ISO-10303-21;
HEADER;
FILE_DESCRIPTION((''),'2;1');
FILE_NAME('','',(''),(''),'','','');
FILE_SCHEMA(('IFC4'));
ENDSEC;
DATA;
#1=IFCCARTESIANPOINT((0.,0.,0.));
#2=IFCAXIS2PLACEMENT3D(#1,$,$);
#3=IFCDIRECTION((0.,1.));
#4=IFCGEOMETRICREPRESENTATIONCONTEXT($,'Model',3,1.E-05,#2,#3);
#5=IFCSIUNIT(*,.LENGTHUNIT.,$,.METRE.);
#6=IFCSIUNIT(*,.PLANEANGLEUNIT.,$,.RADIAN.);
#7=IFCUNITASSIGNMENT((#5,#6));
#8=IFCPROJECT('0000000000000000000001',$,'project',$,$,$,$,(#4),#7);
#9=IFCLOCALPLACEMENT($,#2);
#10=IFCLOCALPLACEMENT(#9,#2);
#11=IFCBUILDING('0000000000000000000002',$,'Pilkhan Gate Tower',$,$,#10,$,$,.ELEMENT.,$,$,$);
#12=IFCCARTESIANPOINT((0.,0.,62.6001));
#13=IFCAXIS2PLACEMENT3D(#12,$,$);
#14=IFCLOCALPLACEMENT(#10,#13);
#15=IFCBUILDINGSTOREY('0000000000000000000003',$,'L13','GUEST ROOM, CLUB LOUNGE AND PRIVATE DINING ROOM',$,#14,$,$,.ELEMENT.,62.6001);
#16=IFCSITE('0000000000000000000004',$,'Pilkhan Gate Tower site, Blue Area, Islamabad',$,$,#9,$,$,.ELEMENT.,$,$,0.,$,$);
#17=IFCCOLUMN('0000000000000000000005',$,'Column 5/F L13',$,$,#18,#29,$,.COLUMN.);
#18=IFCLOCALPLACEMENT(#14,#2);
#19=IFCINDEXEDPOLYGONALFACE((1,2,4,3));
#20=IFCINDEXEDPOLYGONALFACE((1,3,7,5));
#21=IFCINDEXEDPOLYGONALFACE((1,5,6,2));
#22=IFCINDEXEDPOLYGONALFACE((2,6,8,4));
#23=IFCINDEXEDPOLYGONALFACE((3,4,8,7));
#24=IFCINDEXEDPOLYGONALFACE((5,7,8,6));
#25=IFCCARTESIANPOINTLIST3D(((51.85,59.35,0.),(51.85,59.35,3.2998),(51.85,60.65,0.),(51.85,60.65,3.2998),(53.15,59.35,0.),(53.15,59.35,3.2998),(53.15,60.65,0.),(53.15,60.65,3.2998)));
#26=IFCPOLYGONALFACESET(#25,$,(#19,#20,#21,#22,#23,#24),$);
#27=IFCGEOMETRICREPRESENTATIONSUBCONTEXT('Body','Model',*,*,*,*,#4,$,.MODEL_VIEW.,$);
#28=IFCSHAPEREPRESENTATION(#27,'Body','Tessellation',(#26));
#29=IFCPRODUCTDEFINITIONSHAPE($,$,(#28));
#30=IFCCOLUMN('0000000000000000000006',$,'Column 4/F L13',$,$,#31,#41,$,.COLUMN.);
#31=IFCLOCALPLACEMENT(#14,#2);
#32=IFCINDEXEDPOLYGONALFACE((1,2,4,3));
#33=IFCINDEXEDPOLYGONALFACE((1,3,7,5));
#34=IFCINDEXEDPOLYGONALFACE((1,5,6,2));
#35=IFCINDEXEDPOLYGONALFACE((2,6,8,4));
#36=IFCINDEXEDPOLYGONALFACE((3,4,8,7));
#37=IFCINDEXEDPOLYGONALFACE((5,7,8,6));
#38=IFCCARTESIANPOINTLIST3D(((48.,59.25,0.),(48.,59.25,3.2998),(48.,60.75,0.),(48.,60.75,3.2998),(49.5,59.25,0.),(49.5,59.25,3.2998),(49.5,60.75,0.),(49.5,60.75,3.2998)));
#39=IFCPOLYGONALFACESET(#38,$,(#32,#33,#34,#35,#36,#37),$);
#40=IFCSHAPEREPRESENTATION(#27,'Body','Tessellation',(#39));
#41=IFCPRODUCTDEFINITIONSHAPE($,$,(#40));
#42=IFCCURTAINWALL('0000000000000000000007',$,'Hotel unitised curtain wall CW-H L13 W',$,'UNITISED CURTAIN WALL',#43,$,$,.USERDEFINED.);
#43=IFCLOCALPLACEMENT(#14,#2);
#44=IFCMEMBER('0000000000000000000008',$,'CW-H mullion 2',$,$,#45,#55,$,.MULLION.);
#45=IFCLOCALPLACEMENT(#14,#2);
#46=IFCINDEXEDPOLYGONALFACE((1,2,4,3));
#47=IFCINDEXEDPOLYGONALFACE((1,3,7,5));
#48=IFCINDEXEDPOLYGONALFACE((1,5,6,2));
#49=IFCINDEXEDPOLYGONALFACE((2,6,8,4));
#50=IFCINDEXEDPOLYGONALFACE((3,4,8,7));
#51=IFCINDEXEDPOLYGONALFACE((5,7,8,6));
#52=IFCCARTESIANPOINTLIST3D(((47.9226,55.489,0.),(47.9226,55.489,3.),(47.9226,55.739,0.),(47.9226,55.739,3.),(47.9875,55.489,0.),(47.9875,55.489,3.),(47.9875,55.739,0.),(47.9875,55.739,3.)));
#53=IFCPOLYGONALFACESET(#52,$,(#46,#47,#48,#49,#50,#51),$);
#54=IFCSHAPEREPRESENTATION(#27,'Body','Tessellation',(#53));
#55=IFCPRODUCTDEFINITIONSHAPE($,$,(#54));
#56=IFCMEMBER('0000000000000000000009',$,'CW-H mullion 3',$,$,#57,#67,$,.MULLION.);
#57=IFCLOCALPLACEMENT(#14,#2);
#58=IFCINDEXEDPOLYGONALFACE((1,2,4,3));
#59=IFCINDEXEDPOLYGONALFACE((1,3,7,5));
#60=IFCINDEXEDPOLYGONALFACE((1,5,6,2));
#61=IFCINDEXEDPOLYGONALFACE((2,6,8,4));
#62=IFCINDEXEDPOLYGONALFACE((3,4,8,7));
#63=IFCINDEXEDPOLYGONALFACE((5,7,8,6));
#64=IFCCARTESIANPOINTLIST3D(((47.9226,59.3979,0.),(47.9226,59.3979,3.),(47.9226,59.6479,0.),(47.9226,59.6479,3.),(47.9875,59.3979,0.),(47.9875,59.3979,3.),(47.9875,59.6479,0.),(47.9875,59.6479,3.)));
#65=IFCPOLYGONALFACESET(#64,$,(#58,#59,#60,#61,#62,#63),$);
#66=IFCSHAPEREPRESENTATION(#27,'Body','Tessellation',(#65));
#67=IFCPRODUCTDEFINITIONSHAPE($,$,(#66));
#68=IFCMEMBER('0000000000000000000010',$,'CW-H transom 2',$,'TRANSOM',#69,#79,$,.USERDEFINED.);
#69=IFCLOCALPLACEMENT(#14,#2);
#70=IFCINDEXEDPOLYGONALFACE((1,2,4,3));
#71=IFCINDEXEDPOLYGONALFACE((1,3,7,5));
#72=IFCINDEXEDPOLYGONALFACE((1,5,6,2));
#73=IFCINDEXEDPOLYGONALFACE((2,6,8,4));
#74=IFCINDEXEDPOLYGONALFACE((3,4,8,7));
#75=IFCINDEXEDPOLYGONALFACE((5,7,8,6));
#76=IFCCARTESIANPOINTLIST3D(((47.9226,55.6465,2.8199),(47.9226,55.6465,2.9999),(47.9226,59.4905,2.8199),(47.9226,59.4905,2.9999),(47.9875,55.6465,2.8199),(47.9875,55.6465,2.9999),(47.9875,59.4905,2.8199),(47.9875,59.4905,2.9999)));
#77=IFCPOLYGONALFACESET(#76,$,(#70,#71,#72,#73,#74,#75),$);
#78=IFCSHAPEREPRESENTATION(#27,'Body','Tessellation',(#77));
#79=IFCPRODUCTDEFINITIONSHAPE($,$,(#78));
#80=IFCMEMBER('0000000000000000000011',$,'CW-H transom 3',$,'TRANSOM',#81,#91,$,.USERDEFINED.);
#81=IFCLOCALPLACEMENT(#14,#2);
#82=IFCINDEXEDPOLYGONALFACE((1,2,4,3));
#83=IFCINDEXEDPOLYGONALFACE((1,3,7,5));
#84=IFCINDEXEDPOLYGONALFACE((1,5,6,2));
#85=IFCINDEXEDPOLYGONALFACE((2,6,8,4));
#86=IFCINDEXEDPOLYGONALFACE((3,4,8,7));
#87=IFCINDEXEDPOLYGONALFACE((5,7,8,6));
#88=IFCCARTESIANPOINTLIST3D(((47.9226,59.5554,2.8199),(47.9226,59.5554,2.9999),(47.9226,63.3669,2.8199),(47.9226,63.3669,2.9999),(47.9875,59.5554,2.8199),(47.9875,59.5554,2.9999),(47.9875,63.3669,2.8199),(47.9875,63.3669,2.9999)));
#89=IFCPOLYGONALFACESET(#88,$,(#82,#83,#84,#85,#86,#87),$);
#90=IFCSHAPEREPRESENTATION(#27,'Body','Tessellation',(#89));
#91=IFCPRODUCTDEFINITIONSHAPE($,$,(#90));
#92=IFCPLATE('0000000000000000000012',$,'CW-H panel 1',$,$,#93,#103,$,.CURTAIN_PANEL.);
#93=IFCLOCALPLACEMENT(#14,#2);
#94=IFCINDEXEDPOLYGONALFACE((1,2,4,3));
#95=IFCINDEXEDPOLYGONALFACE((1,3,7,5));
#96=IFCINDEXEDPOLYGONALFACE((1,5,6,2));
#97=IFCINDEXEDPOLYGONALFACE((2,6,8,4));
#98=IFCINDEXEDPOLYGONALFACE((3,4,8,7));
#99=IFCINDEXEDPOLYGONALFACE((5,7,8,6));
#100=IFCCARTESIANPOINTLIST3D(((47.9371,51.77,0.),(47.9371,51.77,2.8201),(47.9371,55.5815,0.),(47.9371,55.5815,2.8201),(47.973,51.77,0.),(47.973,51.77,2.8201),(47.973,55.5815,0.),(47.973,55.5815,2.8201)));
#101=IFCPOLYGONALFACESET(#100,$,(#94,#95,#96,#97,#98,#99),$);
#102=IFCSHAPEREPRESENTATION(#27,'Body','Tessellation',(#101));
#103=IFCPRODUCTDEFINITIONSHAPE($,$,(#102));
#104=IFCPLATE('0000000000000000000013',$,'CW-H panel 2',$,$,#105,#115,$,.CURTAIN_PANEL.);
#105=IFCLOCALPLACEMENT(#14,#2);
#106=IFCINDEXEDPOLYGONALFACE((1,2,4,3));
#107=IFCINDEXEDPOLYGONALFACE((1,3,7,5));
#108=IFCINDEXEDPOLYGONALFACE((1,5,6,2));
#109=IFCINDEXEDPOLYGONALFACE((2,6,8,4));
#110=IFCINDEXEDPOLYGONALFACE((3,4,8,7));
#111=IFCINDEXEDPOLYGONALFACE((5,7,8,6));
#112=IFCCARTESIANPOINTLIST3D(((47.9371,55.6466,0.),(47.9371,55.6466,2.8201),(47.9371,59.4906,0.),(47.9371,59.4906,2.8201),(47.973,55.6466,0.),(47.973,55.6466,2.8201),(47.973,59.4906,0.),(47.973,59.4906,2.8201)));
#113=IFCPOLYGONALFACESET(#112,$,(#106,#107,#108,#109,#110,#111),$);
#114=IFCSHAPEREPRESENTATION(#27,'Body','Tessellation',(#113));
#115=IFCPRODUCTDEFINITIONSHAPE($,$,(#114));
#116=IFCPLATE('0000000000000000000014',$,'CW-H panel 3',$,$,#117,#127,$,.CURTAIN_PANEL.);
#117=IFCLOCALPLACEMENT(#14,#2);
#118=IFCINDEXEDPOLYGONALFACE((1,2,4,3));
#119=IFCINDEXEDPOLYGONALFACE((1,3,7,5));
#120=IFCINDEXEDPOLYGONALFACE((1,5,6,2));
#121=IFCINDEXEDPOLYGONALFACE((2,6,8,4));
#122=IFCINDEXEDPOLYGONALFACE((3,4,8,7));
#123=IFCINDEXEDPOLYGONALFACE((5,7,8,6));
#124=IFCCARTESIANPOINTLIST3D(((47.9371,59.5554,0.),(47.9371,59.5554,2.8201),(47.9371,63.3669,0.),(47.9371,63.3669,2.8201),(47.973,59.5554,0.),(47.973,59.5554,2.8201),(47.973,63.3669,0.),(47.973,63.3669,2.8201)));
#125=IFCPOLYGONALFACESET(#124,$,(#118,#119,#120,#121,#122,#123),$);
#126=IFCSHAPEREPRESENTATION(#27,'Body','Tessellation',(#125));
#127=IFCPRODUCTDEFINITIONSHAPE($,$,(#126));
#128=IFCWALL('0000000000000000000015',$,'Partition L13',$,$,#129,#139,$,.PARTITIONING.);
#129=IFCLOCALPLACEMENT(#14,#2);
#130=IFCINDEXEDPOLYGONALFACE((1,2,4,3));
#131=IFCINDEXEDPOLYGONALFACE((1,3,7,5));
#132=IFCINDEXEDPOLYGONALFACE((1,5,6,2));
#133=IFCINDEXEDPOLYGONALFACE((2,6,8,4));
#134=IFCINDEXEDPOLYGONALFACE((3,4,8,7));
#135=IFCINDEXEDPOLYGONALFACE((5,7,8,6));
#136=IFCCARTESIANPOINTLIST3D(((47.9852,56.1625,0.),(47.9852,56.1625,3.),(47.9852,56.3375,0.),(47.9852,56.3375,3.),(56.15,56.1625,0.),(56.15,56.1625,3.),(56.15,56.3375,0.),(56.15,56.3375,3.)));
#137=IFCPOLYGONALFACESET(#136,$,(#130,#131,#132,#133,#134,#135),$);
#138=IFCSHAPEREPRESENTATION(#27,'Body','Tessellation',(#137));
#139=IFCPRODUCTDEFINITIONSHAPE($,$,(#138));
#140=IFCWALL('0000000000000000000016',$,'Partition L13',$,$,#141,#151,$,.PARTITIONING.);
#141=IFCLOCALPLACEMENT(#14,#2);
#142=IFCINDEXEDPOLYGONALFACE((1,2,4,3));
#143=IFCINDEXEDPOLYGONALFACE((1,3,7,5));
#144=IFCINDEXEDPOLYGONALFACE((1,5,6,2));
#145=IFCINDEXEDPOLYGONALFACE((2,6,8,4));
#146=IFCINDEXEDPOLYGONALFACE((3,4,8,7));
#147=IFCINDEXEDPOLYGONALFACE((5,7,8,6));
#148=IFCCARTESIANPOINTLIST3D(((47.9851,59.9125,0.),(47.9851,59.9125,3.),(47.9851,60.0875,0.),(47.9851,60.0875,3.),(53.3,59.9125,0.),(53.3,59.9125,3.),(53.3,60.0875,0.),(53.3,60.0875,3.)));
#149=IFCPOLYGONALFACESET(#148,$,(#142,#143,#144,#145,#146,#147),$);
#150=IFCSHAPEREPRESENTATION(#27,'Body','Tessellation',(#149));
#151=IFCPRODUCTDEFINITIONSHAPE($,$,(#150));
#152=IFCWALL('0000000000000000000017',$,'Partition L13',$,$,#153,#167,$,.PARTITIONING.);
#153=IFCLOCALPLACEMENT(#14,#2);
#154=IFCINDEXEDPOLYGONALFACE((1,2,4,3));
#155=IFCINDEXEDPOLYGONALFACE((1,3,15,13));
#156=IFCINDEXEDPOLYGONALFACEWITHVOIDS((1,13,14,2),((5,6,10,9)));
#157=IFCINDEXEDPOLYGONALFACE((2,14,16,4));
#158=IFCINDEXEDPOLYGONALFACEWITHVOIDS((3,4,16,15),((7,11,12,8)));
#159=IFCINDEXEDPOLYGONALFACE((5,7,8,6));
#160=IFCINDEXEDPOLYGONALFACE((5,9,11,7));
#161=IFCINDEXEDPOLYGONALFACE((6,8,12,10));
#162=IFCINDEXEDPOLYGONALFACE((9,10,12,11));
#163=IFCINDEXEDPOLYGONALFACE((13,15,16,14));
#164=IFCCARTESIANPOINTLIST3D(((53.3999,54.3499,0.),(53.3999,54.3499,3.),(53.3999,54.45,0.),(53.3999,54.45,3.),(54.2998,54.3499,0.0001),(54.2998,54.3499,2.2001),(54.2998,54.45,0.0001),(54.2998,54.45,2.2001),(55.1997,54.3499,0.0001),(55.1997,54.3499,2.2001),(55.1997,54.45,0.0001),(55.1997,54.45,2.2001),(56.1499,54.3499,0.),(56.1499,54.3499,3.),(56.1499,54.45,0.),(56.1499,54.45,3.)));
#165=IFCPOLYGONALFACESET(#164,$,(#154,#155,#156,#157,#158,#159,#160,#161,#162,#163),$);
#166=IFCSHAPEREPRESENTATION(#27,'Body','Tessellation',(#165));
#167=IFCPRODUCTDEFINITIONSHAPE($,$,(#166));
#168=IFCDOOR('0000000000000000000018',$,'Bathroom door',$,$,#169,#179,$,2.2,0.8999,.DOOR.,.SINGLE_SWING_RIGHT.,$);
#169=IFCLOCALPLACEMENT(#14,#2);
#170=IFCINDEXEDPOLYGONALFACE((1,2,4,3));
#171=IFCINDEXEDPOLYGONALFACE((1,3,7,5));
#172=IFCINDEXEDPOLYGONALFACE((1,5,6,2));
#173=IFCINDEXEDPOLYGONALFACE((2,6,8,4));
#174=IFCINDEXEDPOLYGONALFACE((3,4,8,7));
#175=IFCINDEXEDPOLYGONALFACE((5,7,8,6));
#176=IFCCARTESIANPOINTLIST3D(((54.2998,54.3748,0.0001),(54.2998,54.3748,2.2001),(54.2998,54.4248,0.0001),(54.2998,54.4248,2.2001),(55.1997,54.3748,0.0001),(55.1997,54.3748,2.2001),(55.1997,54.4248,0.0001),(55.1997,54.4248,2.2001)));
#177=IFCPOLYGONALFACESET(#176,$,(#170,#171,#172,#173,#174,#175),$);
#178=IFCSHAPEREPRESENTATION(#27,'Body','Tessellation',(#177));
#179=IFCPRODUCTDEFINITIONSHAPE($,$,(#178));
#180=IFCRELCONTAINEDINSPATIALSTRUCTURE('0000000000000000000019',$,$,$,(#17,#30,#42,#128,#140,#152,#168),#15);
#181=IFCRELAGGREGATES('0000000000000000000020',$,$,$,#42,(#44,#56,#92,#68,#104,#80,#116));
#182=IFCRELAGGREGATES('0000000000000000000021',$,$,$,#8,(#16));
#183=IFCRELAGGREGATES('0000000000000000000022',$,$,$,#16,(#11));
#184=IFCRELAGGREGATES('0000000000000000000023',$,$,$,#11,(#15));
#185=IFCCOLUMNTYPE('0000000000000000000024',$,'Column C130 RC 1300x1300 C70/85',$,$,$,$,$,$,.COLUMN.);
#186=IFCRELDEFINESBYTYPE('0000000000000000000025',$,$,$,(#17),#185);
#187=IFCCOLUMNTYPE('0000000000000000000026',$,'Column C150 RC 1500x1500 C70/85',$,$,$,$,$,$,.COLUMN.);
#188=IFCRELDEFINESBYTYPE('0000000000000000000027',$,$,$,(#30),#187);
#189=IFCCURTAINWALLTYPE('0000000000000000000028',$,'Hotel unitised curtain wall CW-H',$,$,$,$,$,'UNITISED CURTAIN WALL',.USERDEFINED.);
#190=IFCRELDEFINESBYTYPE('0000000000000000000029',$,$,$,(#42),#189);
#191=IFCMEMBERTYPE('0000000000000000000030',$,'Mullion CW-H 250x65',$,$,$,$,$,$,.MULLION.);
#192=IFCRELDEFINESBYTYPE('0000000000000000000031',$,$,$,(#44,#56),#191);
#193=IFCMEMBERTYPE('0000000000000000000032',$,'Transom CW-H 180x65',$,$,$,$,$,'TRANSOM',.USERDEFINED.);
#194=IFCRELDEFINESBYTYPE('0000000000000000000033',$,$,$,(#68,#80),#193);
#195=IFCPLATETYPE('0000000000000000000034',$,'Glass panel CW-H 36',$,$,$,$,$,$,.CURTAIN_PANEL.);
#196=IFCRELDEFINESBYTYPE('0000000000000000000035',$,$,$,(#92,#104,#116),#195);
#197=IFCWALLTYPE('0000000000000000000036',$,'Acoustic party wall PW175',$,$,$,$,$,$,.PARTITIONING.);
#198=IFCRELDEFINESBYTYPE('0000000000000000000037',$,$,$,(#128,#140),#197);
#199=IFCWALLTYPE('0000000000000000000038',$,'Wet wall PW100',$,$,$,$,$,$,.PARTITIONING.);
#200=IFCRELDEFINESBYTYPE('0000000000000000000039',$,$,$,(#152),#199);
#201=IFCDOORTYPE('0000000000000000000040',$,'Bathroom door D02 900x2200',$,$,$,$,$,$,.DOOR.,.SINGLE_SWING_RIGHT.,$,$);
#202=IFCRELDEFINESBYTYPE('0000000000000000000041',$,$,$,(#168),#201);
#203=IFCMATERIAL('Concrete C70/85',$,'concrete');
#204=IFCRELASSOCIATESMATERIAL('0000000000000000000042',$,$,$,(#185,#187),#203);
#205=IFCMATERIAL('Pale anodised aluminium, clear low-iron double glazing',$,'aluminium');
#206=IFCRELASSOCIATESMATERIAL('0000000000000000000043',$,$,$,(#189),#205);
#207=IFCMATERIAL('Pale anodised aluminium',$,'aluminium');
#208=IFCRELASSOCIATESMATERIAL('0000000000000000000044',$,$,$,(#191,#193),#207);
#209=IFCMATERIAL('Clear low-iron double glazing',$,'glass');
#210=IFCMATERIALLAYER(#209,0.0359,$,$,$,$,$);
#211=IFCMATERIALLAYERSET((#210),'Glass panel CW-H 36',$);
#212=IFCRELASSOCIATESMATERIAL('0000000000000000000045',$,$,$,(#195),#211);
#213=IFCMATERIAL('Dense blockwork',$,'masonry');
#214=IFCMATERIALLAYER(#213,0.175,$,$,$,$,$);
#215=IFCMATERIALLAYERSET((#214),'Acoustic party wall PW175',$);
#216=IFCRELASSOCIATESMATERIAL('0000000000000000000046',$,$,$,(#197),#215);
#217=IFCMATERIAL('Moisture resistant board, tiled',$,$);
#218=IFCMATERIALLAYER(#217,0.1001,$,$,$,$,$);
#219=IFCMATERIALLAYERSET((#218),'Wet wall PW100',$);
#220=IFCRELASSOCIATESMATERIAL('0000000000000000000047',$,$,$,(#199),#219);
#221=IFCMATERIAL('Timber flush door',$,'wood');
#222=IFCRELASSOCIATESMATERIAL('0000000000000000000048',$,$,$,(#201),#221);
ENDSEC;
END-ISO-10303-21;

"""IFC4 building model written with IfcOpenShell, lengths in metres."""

from ifc_helpers import new_model, si_unit, direction, frame, frame_2d, origin, origin_2d, place, context, subcontext, project, spatial, rectangle, extrude, material, layer, layer_set, material_profile, profile_set, type_object, element, fill, aggregate, save


model = new_model("IFC4")

# Units and contexts
model_context = context("Model", 3, precision=1e-05, world=origin(), true_north=direction((0.0, 1.0)))
body_context = subcontext(model_context, "Body", "Model", "MODEL_VIEW")
ifc_project = project(units=[si_unit("LENGTHUNIT", "METRE"), si_unit("PLANEANGLEUNIT", "RADIAN")], contexts=[model_context])

# Site, building, storey
site_placement = place(None, origin())
site = spatial("IfcSite", under=ifc_project, at=site_placement, Name="Pilkhan Gate Tower site, Blue Area, Islamabad", CompositionType="ELEMENT", RefElevation=0.0)
building_placement = place(site_placement, origin())
building = spatial("IfcBuilding", under=site, at=building_placement, Name="Pilkhan Gate Tower", CompositionType="ELEMENT")
storey_placement = place(building_placement, frame((0.0, 0.0, 62.6001)))
storey = spatial("IfcBuildingStorey", under=building, at=storey_placement, Name="L13", Description="GUEST ROOM, CLUB LOUNGE AND PRIVATE DINING ROOM", CompositionType="ELEMENT", Elevation=62.6001)

# Columns
ifc_material_1 = material(Name="Concrete C70/85", Category="concrete")
ifc_material_profile_1 = material_profile(ifc_material_1, rectangle(XDim=1.3, YDim=1.3, at=origin_2d()), Name="RC 1300x1300")
ifc_profile_set_1 = profile_set([ifc_material_profile_1], Name="Concrete C70/85")
column_type_1 = type_object("IfcColumnType", Name="Column C130 RC 1300x1300 C70/85", PredefinedType="COLUMN", material=ifc_profile_set_1)
column_1_placement = place(storey_placement, frame((52.5, 60.0, 0.0), z_axis=(0.0, 0.0, 1.0), x_axis=(1.0, 0.0, 0.0)))
element("IfcColumn", 1, at=column_1_placement, inside=storey, type_object=column_type_1, Name="Column 5/F L13", PredefinedType="COLUMN", context=body_context, shape_type="SweptSolid", body=[
    extrude(rectangle(XDim=1.3, YDim=1.3, at=origin_2d()), origin(), (0.0, 0.0, 1.0), 3.2998),
])
ifc_material_profile_2 = material_profile(ifc_material_1, rectangle(XDim=1.5, YDim=1.5, at=origin_2d()), Name="RC 1500x1500")
ifc_profile_set_2 = profile_set([ifc_material_profile_2], Name="Concrete C70/85")
column_type_2 = type_object("IfcColumnType", Name="Column C150 RC 1500x1500 C70/85", PredefinedType="COLUMN", material=ifc_profile_set_2)
column_2_placement = place(storey_placement, frame((48.75, 60.0, 0.0), z_axis=(0.0, 0.0, 1.0), x_axis=(1.0, 0.0, 0.0)))
element("IfcColumn", 2, at=column_2_placement, inside=storey, type_object=column_type_2, Name="Column 4/F L13", PredefinedType="COLUMN", context=body_context, shape_type="SweptSolid", body=[
    extrude(rectangle(XDim=1.5, YDim=1.5, at=origin_2d()), origin(), (0.0, 0.0, 1.0), 3.2998),
])

# Curtain wall, members, plates
ifc_material_2 = material(Name="Pale anodised aluminium, clear low-iron double glazing", Category="aluminium")
curtain_wall_type = type_object("IfcCurtainWallType", Name="Hotel unitised curtain wall CW-H", ElementType="UNITISED CURTAIN WALL", PredefinedType="USERDEFINED", material=ifc_material_2)
curtain_wall_placement = place(storey_placement, origin())
curtain_wall = element("IfcCurtainWall", 3, at=curtain_wall_placement, inside=storey, type_object=curtain_wall_type, Name="Hotel unitised curtain wall CW-H L13 W", ObjectType="UNITISED CURTAIN WALL", PredefinedType="USERDEFINED")
ifc_material_3 = material(Name="Pale anodised aluminium", Category="aluminium")
ifc_material_profile_3 = material_profile(ifc_material_3, rectangle(XDim=0.0649, YDim=0.25, at=origin_2d()), Name="Mullion 250x65")
ifc_profile_set_3 = profile_set([ifc_material_profile_3], Name="Pale anodised aluminium")
member_type_1 = type_object("IfcMemberType", Name="Mullion CW-H 250x65", PredefinedType="MULLION", material=ifc_profile_set_3)
member_1_placement = place(storey_placement, frame((47.9551, 55.614, 0.0), z_axis=(0.0, 0.0, 1.0), x_axis=(-1.0, 0.0, 0.0)))
member_1 = element("IfcMember", 4, at=member_1_placement, type_object=member_type_1, Name="CW-H mullion 2", PredefinedType="MULLION", context=body_context, shape_type="SweptSolid", body=[
    extrude(rectangle(XDim=0.0649, YDim=0.25, at=origin_2d()), origin(), (0.0, 0.0, 1.0), 3.0),
])
member_2_placement = place(storey_placement, frame((47.9551, 59.5229, 0.0), z_axis=(0.0, 0.0, 1.0), x_axis=(-1.0, 0.0, 0.0)))
member_2 = element("IfcMember", 5, at=member_2_placement, type_object=member_type_1, Name="CW-H mullion 3", PredefinedType="MULLION", context=body_context, shape_type="SweptSolid", body=[
    extrude(rectangle(XDim=0.0649, YDim=0.25, at=origin_2d()), origin(), (0.0, 0.0, 1.0), 3.0),
])
ifc_material_profile_4 = material_profile(ifc_material_3, rectangle(XDim=0.0649, YDim=0.1799, at=origin_2d()), Name="Transom 180x65")
ifc_profile_set_4 = profile_set([ifc_material_profile_4], Name="Pale anodised aluminium")
member_type_2 = type_object("IfcMemberType", Name="Transom CW-H 180x65", ElementType="TRANSOM", PredefinedType="USERDEFINED", material=ifc_profile_set_4)
member_3_placement = place(storey_placement, frame((47.9551, 55.6465, 2.9099), z_axis=(0.0, 1.0, 0.0), x_axis=(-1.0, 0.0, 0.0)))
member_3 = element("IfcMember", 6, at=member_3_placement, type_object=member_type_2, Name="CW-H transom 2", ObjectType="TRANSOM", PredefinedType="USERDEFINED", context=body_context, shape_type="SweptSolid", body=[
    extrude(rectangle(XDim=0.0649, YDim=0.1799, at=origin_2d()), origin(), (0.0, 0.0, 1.0), 3.844),
])
member_4_placement = place(storey_placement, frame((47.9551, 59.5554, 2.9099), z_axis=(0.0, 1.0, 0.0), x_axis=(-1.0, 0.0, 0.0)))
member_4 = element("IfcMember", 7, at=member_4_placement, type_object=member_type_2, Name="CW-H transom 3", ObjectType="TRANSOM", PredefinedType="USERDEFINED", context=body_context, shape_type="SweptSolid", body=[
    extrude(rectangle(XDim=0.0649, YDim=0.1799, at=origin_2d()), origin(), (0.0, 0.0, 1.0), 3.8115),
])
ifc_material_4 = material(Name="Clear low-iron double glazing", Category="glass")
ifc_layer_1 = layer(ifc_material_4, 0.0359)
ifc_layer_set_1 = layer_set([ifc_layer_1], Name="Glass panel CW-H 36")
plate_type = type_object("IfcPlateType", Name="Glass panel CW-H 36", PredefinedType="CURTAIN_PANEL", material=ifc_layer_set_1)
plate_1_placement = place(storey_placement, frame((47.9551, 53.6758, 0.0), z_axis=(0.0, 0.0, 1.0), x_axis=(0.0, 1.0, 0.0)))
plate_1 = element("IfcPlate", 8, at=plate_1_placement, type_object=plate_type, Name="CW-H panel 1", PredefinedType="CURTAIN_PANEL", context=body_context, shape_type="SweptSolid", body=[
    extrude(rectangle(XDim=3.8115, YDim=0.0359, at=origin_2d()), origin(), (0.0, 0.0, 1.0), 2.8201),
])
plate_2_placement = place(storey_placement, frame((47.9551, 57.5686, 0.0), z_axis=(0.0, 0.0, 1.0), x_axis=(0.0, 1.0, 0.0)))
plate_2 = element("IfcPlate", 9, at=plate_2_placement, type_object=plate_type, Name="CW-H panel 2", PredefinedType="CURTAIN_PANEL", context=body_context, shape_type="SweptSolid", body=[
    extrude(rectangle(XDim=3.844, YDim=0.0359, at=origin_2d()), origin(), (0.0, 0.0, 1.0), 2.8201),
])
plate_3_placement = place(storey_placement, frame((47.9551, 61.4612, 0.0), z_axis=(0.0, 0.0, 1.0), x_axis=(0.0, 1.0, 0.0)))
plate_3 = element("IfcPlate", 10, at=plate_3_placement, type_object=plate_type, Name="CW-H panel 3", PredefinedType="CURTAIN_PANEL", context=body_context, shape_type="SweptSolid", body=[
    extrude(rectangle(XDim=3.8115, YDim=0.0359, at=origin_2d()), origin(), (0.0, 0.0, 1.0), 2.8201),
])
aggregate(curtain_wall, [member_1, member_2, plate_1, member_3, plate_2, member_4, plate_3])

# Walls
ifc_material_5 = material(Name="Dense blockwork", Category="masonry")
ifc_layer_2 = layer(ifc_material_5, 0.175)
ifc_layer_set_2 = layer_set([ifc_layer_2], Name="Acoustic party wall PW175")
wall_type_1 = type_object("IfcWallType", Name="Acoustic party wall PW175", PredefinedType="PARTITIONING", material=ifc_layer_set_2)
wall_1_placement = place(storey_placement, frame((47.9851, 56.25, 0.0), z_axis=(0.0, 0.0, 1.0), x_axis=(1.0, 0.0, 0.0)))
element("IfcWall", 11, at=wall_1_placement, inside=storey, type_object=wall_type_1, Name="Partition L13", PredefinedType="PARTITIONING", context=body_context, shape_type="SweptSolid", body=[
    extrude(rectangle(XDim=8.1648, YDim=0.175, at=frame_2d((4.0825, 0.0))), origin(), (0.0, 0.0, 1.0), 3.0),
])
wall_2_placement = place(storey_placement, frame((47.9851, 60.0, 0.0), z_axis=(0.0, 0.0, 1.0), x_axis=(1.0, 0.0, 0.0)))
element("IfcWall", 12, at=wall_2_placement, inside=storey, type_object=wall_type_1, Name="Partition L13", PredefinedType="PARTITIONING", context=body_context, shape_type="SweptSolid", body=[
    extrude(rectangle(XDim=5.3149, YDim=0.175, at=frame_2d((2.6575, 0.0))), origin(), (0.0, 0.0, 1.0), 3.0),
])

# Wall, opening, door
ifc_material_6 = material(Name="Moisture resistant board, tiled")
ifc_layer_3 = layer(ifc_material_6, 0.1001)
ifc_layer_set_3 = layer_set([ifc_layer_3], Name="Wet wall PW100")
wall_type_2 = type_object("IfcWallType", Name="Wet wall PW100", PredefinedType="PARTITIONING", material=ifc_layer_set_3)
wall_3_placement = place(storey_placement, frame((53.3999, 54.3999, 0.0), z_axis=(0.0, 0.0, 1.0), x_axis=(1.0, 0.0, 0.0)))
wall_3 = element("IfcWall", 13, at=wall_3_placement, inside=storey, type_object=wall_type_2, Name="Partition L13", PredefinedType="PARTITIONING", context=body_context, shape_type="SweptSolid", body=[
    extrude(rectangle(XDim=2.75, YDim=0.1001, at=frame_2d((1.375, 0.0))), origin(), (0.0, 0.0, 1.0), 3.0),
])
opening_1_placement = place(wall_3_placement, frame((0.8999, 0.0, 0.0)))
opening_1 = element("IfcOpeningElement", 14, at=opening_1_placement, cuts=wall_3, PredefinedType="OPENING", context=body_context, shape_type="SweptSolid", body=[
    extrude(rectangle(XDim=0.8999, YDim=2.2, at=frame_2d((0.45, 1.1001))), frame((0.0, 0.0601, 0.0), z_axis=(0.0, -1.0, 0.0), x_axis=(1.0, 0.0, 0.0)), (0.0, 0.0, 1.0), 0.1201),
])
ifc_material_7 = material(Name="Timber flush door", Category="wood")
door_type = type_object("IfcDoorType", Name="Bathroom door D02 900x2200", OperationType="SINGLE_SWING_RIGHT", PredefinedType="DOOR", material=ifc_material_7)
door_1_placement = place(opening_1_placement, origin())
door_1 = element("IfcDoor", 15, at=door_1_placement, inside=storey, type_object=door_type, Name="Bathroom door", OperationType="SINGLE_SWING_RIGHT", OverallHeight=2.2, OverallWidth=0.8999, PredefinedType="DOOR", context=body_context, shape_type="SweptSolid", body=[
    extrude(rectangle(XDim=0.8999, YDim=2.2, at=frame_2d((0.45, 1.1001))), frame((0.0, 0.0249, 0.0), z_axis=(0.0, -1.0, 0.0), x_axis=(1.0, 0.0, 0.0)), (0.0, 0.0, 1.0), 0.05),
])
fill(opening_1, door_1)

save(model, "model.ifc")
